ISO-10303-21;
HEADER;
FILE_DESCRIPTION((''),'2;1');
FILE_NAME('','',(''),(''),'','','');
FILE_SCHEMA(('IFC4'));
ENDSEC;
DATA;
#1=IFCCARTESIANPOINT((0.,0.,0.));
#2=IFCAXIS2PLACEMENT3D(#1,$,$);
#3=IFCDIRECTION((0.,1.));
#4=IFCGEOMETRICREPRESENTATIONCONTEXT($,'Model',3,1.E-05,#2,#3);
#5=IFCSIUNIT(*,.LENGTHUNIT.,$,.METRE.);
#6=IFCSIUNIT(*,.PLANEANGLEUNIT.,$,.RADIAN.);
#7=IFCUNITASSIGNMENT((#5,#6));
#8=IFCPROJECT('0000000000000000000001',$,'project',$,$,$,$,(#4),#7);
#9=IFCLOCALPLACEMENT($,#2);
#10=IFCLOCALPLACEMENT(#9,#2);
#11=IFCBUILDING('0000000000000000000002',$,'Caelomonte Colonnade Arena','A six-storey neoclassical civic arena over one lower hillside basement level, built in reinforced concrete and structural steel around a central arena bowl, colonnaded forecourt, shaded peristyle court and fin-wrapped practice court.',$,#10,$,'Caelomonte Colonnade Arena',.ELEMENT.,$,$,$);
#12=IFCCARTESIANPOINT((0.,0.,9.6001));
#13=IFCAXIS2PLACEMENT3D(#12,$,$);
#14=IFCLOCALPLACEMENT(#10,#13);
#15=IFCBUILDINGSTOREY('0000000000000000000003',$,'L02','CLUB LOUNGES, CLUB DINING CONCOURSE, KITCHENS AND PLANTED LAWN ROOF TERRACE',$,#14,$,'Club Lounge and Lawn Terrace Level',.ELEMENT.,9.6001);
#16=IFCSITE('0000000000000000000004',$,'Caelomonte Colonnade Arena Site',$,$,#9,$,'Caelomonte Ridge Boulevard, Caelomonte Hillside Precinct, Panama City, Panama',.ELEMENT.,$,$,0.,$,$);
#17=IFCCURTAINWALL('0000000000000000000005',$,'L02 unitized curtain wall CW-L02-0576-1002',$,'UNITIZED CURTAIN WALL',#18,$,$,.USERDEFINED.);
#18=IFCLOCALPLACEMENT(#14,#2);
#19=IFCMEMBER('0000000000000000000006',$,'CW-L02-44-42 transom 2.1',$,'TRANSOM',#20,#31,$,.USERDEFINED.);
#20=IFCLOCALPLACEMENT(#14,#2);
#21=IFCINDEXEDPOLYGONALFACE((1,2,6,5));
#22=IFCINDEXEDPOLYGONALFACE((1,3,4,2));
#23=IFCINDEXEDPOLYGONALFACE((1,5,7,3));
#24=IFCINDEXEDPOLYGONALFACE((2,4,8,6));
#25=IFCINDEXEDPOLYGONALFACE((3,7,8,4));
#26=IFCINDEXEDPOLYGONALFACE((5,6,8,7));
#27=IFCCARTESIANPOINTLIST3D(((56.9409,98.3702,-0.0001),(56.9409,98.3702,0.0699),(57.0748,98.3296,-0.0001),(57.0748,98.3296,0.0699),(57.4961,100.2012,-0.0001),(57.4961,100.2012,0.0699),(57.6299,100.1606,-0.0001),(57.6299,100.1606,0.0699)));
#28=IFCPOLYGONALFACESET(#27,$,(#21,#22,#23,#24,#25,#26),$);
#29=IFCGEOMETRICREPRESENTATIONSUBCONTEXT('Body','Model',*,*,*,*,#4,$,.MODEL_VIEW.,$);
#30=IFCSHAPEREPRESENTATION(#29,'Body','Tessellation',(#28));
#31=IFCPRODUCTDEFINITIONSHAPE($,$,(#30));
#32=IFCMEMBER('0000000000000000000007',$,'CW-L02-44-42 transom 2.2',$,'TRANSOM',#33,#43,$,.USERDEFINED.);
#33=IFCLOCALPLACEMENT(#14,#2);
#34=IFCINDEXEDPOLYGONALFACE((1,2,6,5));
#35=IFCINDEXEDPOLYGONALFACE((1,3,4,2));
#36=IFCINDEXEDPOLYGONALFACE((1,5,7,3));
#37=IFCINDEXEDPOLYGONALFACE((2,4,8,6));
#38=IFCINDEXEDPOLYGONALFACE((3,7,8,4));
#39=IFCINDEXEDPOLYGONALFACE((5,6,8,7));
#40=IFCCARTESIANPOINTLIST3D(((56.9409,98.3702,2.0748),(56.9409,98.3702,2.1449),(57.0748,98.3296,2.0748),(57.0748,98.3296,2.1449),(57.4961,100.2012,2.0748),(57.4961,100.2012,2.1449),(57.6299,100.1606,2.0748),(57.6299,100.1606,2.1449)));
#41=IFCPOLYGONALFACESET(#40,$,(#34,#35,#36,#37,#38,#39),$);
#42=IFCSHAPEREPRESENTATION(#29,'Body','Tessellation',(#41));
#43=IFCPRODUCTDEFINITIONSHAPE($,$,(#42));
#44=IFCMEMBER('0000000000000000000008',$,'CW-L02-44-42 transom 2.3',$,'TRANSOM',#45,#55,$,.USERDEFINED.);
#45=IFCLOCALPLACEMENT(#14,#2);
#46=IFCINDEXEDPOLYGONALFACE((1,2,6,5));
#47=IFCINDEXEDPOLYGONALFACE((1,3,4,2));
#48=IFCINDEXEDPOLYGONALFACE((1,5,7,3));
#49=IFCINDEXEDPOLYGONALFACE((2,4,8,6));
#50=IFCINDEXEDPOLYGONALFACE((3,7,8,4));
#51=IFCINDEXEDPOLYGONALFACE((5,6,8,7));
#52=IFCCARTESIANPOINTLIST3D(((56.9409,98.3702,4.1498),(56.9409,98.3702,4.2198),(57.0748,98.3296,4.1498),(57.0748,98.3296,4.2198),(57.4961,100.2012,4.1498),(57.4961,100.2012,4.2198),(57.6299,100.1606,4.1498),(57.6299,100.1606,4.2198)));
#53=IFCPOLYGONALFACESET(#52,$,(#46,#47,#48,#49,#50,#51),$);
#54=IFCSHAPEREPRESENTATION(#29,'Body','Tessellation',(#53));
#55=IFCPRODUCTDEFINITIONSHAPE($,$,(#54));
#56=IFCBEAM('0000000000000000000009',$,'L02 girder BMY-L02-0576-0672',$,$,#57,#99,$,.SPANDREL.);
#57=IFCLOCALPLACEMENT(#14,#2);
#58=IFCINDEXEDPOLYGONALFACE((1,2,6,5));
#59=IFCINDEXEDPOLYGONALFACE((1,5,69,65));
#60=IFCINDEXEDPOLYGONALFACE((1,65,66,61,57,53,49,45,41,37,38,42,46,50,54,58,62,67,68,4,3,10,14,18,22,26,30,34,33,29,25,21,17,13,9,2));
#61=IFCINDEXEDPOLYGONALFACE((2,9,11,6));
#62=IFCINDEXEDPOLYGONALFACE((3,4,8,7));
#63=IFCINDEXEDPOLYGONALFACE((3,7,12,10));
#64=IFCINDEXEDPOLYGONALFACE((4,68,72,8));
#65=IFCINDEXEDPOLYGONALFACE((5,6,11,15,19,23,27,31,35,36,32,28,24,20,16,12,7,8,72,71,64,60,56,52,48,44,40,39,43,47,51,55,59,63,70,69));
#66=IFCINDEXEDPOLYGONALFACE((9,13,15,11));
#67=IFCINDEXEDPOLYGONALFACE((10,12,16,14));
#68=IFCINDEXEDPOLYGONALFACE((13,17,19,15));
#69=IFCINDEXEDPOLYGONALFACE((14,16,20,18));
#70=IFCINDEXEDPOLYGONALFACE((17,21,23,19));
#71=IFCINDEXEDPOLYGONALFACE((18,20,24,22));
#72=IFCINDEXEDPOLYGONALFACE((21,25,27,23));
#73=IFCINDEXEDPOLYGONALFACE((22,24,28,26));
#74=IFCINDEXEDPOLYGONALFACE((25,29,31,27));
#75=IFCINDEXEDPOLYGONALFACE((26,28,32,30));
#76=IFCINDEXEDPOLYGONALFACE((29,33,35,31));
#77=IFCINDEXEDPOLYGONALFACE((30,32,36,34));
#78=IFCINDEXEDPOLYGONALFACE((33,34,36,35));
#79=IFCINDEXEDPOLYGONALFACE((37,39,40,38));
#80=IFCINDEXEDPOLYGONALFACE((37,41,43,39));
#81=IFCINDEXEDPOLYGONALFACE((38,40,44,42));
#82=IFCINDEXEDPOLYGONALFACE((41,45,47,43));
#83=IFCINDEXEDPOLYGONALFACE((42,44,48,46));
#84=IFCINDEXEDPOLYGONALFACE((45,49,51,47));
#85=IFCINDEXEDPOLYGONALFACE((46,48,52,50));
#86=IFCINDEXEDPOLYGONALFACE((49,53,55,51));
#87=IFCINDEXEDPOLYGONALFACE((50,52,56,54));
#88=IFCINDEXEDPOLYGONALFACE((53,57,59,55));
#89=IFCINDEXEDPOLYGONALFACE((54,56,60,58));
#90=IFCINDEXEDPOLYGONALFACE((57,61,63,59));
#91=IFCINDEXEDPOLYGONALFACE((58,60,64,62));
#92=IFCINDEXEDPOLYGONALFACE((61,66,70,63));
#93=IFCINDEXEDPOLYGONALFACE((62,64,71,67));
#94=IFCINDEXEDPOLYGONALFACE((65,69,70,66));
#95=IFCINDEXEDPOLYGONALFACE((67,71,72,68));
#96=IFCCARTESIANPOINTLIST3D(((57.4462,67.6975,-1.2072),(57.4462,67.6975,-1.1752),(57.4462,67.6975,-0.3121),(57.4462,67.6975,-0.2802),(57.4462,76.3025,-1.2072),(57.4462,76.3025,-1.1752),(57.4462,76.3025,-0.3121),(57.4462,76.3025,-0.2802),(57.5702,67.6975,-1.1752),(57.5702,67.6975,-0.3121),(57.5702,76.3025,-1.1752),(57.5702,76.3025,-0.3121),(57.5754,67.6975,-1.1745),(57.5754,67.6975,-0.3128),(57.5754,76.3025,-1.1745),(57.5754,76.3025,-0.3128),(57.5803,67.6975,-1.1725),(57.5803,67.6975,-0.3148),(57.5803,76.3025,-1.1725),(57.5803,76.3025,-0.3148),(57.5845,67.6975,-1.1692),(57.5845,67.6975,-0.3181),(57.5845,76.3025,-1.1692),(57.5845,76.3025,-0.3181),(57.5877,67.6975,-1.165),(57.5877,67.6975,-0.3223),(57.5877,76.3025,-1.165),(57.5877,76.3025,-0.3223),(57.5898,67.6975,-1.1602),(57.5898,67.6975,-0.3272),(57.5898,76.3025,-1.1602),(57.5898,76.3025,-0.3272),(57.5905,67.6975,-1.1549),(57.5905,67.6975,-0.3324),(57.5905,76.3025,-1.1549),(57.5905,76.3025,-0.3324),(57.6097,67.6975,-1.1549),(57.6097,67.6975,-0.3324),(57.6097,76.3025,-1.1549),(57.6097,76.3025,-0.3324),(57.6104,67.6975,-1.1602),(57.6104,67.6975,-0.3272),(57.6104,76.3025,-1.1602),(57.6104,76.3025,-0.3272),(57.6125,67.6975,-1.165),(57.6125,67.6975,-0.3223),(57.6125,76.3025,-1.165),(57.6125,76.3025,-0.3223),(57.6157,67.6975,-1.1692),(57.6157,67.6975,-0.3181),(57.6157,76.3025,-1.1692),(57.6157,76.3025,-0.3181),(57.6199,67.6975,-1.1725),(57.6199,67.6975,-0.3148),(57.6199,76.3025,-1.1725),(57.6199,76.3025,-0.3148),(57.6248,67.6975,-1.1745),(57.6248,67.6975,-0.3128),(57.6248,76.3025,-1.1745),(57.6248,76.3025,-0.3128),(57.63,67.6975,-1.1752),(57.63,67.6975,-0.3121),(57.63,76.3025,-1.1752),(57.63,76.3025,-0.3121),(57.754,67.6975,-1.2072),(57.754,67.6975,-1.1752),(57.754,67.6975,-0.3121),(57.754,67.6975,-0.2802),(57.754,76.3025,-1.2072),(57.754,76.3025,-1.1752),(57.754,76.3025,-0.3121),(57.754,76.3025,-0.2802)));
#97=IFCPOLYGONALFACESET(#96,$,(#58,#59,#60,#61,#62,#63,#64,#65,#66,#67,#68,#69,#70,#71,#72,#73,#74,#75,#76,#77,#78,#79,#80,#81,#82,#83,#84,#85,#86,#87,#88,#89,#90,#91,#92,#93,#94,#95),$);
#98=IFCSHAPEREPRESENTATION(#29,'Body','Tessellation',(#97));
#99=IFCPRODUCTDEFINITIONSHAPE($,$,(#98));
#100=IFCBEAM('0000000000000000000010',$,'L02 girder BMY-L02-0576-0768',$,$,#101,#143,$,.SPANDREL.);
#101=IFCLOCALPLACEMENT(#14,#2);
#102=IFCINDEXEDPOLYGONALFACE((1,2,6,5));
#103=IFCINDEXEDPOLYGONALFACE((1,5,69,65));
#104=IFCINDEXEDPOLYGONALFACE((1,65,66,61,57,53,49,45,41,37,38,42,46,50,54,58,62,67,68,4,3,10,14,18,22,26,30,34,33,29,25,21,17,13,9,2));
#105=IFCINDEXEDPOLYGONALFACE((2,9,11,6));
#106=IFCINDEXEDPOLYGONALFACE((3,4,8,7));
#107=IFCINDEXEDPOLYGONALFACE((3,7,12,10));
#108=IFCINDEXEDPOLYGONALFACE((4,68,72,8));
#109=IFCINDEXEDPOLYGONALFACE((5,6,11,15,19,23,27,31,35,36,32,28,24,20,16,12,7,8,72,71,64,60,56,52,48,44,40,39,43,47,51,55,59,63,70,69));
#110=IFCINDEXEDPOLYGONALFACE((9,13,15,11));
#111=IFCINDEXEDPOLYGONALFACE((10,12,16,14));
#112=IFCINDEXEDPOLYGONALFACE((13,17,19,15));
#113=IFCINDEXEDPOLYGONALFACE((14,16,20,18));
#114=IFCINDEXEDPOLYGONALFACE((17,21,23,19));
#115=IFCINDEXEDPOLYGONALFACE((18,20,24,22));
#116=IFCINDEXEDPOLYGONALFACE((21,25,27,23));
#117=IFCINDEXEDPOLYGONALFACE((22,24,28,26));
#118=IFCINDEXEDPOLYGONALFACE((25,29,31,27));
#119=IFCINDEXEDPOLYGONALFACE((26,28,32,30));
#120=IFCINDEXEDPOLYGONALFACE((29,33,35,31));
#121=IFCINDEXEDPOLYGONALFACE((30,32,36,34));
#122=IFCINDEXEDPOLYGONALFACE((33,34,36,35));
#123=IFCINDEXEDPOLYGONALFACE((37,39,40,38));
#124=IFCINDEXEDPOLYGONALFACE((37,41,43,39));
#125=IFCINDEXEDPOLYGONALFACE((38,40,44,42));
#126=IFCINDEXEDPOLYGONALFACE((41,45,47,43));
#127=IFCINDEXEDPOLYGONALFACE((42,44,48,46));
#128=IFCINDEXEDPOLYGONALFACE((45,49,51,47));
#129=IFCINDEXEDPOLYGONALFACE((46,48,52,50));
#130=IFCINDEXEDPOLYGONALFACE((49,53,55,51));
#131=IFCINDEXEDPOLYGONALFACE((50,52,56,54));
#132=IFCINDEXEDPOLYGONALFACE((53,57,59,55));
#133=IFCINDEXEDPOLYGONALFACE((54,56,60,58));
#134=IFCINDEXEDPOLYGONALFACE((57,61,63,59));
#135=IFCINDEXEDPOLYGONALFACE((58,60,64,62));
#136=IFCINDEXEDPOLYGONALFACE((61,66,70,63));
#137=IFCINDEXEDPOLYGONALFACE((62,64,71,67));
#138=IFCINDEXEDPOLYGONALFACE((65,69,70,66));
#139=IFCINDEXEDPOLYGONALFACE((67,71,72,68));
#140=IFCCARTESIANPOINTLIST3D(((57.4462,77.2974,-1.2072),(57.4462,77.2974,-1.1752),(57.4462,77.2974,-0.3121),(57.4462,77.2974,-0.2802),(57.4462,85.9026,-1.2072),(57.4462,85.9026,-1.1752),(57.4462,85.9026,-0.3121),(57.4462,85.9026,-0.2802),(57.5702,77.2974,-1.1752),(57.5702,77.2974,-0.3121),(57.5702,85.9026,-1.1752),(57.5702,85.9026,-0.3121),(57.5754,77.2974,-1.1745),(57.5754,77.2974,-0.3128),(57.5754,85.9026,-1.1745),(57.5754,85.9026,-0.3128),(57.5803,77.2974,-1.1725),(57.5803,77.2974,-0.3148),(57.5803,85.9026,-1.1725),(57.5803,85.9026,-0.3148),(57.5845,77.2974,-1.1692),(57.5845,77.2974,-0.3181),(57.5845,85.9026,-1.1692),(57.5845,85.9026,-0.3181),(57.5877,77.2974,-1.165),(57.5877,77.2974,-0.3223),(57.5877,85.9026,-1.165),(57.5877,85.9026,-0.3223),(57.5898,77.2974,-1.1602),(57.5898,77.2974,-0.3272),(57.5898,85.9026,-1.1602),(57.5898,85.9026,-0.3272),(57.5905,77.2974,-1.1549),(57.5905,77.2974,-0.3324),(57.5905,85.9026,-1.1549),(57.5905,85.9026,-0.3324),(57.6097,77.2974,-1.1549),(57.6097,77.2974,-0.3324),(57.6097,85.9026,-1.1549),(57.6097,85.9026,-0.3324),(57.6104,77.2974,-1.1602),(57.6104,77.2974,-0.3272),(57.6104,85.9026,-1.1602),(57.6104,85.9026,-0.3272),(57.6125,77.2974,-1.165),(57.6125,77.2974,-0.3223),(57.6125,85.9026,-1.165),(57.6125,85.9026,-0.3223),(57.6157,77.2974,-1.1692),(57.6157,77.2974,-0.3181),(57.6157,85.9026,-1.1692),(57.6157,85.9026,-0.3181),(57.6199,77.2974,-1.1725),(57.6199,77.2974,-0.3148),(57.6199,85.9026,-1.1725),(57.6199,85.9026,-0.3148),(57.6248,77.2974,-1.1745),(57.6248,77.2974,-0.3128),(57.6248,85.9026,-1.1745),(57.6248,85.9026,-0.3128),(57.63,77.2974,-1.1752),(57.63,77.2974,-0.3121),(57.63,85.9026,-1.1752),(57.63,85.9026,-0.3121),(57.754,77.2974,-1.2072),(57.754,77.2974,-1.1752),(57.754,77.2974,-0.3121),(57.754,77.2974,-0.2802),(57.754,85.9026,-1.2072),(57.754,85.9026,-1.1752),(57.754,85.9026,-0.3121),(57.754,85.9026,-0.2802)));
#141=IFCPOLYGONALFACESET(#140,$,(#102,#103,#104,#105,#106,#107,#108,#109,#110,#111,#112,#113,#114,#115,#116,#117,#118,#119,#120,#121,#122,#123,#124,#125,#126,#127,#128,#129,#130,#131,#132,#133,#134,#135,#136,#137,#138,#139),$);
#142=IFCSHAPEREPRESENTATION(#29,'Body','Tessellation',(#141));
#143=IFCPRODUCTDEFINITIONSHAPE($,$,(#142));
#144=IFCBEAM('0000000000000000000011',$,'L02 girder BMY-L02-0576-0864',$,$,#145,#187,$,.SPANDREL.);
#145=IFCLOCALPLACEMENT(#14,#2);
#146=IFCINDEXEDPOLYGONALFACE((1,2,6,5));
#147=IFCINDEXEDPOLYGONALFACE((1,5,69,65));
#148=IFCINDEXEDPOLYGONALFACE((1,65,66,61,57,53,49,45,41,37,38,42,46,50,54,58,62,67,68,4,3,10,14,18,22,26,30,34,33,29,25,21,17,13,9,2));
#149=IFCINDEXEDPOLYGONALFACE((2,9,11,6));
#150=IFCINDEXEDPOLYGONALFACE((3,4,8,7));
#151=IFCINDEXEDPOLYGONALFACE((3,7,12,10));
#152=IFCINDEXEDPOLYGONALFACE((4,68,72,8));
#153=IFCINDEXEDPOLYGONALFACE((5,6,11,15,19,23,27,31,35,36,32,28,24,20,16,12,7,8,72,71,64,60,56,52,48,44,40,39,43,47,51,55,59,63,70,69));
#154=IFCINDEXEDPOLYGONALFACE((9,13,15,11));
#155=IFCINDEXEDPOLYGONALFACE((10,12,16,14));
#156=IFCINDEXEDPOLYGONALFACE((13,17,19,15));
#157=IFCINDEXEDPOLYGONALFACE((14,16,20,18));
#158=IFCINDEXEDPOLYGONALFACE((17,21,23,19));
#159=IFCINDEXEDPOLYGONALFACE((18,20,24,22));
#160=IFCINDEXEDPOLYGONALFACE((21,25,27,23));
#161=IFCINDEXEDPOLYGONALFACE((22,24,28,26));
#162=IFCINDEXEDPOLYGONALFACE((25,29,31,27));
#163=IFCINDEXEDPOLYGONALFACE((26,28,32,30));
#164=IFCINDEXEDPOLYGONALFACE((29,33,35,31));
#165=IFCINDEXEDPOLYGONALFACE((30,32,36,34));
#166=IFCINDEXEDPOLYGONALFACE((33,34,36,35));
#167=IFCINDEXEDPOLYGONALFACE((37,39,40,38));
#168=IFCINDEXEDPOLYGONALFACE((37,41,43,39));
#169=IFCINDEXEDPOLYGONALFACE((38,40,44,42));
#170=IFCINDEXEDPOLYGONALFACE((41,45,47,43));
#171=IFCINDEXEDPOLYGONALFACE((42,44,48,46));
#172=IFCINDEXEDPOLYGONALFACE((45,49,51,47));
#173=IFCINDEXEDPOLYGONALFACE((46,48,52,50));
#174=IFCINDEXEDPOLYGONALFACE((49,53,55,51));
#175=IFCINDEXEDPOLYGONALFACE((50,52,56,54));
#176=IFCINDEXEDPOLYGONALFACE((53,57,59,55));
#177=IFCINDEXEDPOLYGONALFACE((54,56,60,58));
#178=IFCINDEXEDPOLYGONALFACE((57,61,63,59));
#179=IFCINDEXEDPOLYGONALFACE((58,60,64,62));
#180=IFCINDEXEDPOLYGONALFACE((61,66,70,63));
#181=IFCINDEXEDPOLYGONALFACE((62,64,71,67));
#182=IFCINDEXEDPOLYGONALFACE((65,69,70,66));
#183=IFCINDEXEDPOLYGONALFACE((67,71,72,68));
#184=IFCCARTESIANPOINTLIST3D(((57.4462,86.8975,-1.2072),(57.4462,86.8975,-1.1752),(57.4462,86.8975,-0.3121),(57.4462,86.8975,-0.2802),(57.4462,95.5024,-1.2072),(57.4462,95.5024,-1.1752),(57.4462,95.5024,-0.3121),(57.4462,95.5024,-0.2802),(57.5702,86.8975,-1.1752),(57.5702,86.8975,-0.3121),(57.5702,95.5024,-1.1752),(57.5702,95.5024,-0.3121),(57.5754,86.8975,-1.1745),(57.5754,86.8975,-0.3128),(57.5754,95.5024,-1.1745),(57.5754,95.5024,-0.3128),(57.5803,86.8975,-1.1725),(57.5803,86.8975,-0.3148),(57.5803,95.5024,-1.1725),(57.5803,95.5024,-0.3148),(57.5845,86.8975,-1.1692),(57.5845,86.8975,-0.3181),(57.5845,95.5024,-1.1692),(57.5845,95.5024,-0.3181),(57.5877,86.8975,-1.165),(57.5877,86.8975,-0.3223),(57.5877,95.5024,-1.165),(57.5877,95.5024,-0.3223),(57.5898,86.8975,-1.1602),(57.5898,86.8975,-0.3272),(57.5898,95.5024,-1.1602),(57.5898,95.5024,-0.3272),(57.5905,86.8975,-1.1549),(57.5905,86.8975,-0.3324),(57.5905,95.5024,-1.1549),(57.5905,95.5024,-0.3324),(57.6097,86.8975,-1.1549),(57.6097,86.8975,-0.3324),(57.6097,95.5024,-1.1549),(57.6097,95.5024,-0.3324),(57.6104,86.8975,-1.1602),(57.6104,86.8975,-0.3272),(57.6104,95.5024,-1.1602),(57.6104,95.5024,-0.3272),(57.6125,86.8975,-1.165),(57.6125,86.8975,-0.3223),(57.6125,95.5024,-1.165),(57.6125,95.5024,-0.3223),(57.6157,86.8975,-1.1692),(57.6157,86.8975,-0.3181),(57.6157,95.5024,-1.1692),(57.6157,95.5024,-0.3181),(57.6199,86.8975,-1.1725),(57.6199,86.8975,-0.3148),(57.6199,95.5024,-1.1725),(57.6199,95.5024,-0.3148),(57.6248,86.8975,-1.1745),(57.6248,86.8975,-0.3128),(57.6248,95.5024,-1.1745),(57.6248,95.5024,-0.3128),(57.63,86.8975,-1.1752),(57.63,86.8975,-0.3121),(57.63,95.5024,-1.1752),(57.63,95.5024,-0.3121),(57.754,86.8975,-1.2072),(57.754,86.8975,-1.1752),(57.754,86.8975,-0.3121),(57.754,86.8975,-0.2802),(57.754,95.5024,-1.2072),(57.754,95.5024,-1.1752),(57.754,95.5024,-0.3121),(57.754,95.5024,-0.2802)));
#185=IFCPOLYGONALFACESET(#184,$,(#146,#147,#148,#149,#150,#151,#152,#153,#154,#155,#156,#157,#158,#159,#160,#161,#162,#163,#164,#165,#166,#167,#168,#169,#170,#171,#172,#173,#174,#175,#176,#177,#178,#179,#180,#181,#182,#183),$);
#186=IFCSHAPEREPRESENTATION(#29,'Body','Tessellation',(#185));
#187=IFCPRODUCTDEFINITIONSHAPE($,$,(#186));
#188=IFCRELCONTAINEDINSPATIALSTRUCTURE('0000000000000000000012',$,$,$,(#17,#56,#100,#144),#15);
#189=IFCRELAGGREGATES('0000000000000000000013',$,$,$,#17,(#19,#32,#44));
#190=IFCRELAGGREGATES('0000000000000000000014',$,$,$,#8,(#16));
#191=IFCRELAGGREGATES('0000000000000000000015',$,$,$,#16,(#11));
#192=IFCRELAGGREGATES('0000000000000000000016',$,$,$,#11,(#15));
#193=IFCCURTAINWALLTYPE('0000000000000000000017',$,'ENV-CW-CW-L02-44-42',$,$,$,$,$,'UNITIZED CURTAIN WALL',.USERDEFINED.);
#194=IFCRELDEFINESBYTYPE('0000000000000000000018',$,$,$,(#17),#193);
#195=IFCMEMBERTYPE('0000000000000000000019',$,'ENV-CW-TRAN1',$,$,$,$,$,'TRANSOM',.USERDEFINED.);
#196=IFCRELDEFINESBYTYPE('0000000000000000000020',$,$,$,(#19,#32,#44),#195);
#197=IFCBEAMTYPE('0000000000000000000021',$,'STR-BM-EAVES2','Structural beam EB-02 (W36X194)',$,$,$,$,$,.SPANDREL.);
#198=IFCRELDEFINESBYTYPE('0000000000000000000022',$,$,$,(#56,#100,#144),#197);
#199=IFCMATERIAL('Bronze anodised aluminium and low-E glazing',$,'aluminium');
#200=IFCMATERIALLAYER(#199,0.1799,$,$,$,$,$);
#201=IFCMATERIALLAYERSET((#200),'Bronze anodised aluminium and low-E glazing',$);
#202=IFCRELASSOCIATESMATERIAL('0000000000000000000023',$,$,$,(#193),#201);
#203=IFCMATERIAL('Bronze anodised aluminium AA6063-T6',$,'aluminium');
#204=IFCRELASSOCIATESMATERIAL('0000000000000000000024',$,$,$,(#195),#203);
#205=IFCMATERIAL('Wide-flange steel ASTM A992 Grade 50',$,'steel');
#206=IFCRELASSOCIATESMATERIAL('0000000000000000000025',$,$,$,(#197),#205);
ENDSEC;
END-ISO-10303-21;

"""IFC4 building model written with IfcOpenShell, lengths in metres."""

from ifc_helpers import new_model, si_unit, direction, frame, origin, origin_2d, place, context, subcontext, project, spatial, rectangle, i_section, extrude, material, layer, layer_set, material_profile, profile_set, type_object, element, aggregate, save


model = new_model("IFC4")

# Units and contexts
model_context = context("Model", 3, precision=1e-05, world=origin(), true_north=direction((0.0, 1.0)))
body_context = subcontext(model_context, "Body", "Model", "MODEL_VIEW")
ifc_project = project(units=[si_unit("LENGTHUNIT", "METRE"), si_unit("PLANEANGLEUNIT", "RADIAN")], contexts=[model_context])

# Site, building, storey
site_placement = place(None, origin())
site = spatial("IfcSite", under=ifc_project, at=site_placement, Name="Caelomonte Colonnade Arena Site", LongName="Caelomonte Ridge Boulevard, Caelomonte Hillside Precinct, Panama City, Panama", CompositionType="ELEMENT", RefElevation=0.0)
building_placement = place(site_placement, origin())
building = spatial("IfcBuilding", under=site, at=building_placement, Name="Caelomonte Colonnade Arena", Description="A six-storey neoclassical civic arena over one lower hillside basement level, built in reinforced concrete and structural steel around a central arena bowl, colonnaded forecourt, shaded peristyle court and fin-wrapped practice court.", LongName="Caelomonte Colonnade Arena", CompositionType="ELEMENT")
storey_placement = place(building_placement, frame((0.0, 0.0, 9.6001)))
storey = spatial("IfcBuildingStorey", under=building, at=storey_placement, Name="L02", Description="CLUB LOUNGES, CLUB DINING CONCOURSE, KITCHENS AND PLANTED LAWN ROOF TERRACE", LongName="Club Lounge and Lawn Terrace Level", CompositionType="ELEMENT", Elevation=9.6001)

# Shared definitions
ifc_material_1 = material(Name="Wide-flange steel ASTM A992 Grade 50", Category="steel")

# Curtain wall, members
ifc_material_2 = material(Name="Bronze anodised aluminium and low-E glazing", Category="aluminium")
ifc_layer_1 = layer(ifc_material_2, 0.1799)
ifc_layer_set_1 = layer_set([ifc_layer_1], Name="Bronze anodised aluminium and low-E glazing")
curtain_wall_type = type_object("IfcCurtainWallType", Name="ENV-CW-CW-L02-44-42", ElementType="UNITIZED CURTAIN WALL", PredefinedType="USERDEFINED", material=ifc_layer_set_1)
curtain_wall_placement = place(storey_placement, origin())
curtain_wall = element("IfcCurtainWall", 1, at=curtain_wall_placement, inside=storey, type_object=curtain_wall_type, Name="L02 unitized curtain wall CW-L02-0576-1002", ObjectType="UNITIZED CURTAIN WALL", PredefinedType="USERDEFINED")
ifc_material_3 = material(Name="Bronze anodised aluminium AA6063-T6", Category="aluminium")
ifc_material_profile_1 = material_profile(ifc_material_3, rectangle(XDim=0.0701, YDim=0.1399, at=origin_2d()), Name="CWT-70X140")
ifc_profile_set_1 = profile_set([ifc_material_profile_1], Name="Bronze anodised aluminium AA6063-T6")
member_type_1 = type_object("IfcMemberType", Name="ENV-CW-TRAN1", ElementType="TRANSOM", PredefinedType="USERDEFINED", material=ifc_profile_set_1)
member_1_placement = place(storey_placement, frame((57.563, 100.1809, 0.0349), z_axis=(-0.290156, -0.956979, 0.0), x_axis=(0.0, 0.0, 1.0)))
member_1 = element("IfcMember", 2, at=member_1_placement, type_object=member_type_1, Name="CW-L02-44-42 transom 2.1", ObjectType="TRANSOM", PredefinedType="USERDEFINED", context=body_context, shape_type="SweptSolid", body=[
    extrude(rectangle(XDim=0.0701, YDim=0.1399, at=origin_2d()), origin(), (0.0, 0.0, 1.0), 1.9133),
])
member_2_placement = place(storey_placement, frame((57.563, 100.1809, 2.1099), z_axis=(-0.290156, -0.956979, 0.0), x_axis=(0.0, 0.0, 1.0)))
member_2 = element("IfcMember", 3, at=member_2_placement, type_object=member_type_1, Name="CW-L02-44-42 transom 2.2", ObjectType="TRANSOM", PredefinedType="USERDEFINED", context=body_context, shape_type="SweptSolid", body=[
    extrude(rectangle(XDim=0.0701, YDim=0.1399, at=origin_2d()), origin(), (0.0, 0.0, 1.0), 1.9133),
])
member_3_placement = place(storey_placement, frame((57.563, 100.1809, 4.1848), z_axis=(-0.290156, -0.956979, 0.0), x_axis=(0.0, 0.0, 1.0)))
member_3 = element("IfcMember", 4, at=member_3_placement, type_object=member_type_1, Name="CW-L02-44-42 transom 2.3", ObjectType="TRANSOM", PredefinedType="USERDEFINED", context=body_context, shape_type="SweptSolid", body=[
    extrude(rectangle(XDim=0.0701, YDim=0.1399, at=origin_2d()), origin(), (0.0, 0.0, 1.0), 1.9133),
])

# Beams
ifc_material_profile_2 = material_profile(ifc_material_1, i_section(OverallWidth=0.3079, OverallDepth=0.927, WebThickness=0.0193, FlangeThickness=0.032, FilletRadius=0.0203, at=origin_2d()), Name="W36X194")
ifc_profile_set_2 = profile_set([ifc_material_profile_2], Name="Wide-flange steel ASTM A992 Grade 50")
beam_type_1 = type_object("IfcBeamType", Name="STR-BM-EAVES2", Description="Structural beam EB-02 (W36X194)", PredefinedType="SPANDREL", material=ifc_profile_set_2)
beam_1_placement = place(storey_placement, frame((57.6001, 67.6975, -0.7437), z_axis=(0.0, 1.0, 0.0), x_axis=(-1.0, 0.0, 0.0)))
element("IfcBeam", 5, at=beam_1_placement, inside=storey, type_object=beam_type_1, Name="L02 girder BMY-L02-0576-0672", PredefinedType="SPANDREL", context=body_context, shape_type="SweptSolid", body=[
    extrude(i_section(OverallWidth=0.3079, OverallDepth=0.927, WebThickness=0.0193, FlangeThickness=0.032, FilletRadius=0.0203, at=origin_2d()), origin(), (0.0, 0.0, 1.0), 8.605),
])
beam_2_placement = place(storey_placement, frame((57.6001, 77.2974, -0.7437), z_axis=(0.0, 1.0, 0.0), x_axis=(-1.0, 0.0, 0.0)))
element("IfcBeam", 6, at=beam_2_placement, inside=storey, type_object=beam_type_1, Name="L02 girder BMY-L02-0576-0768", PredefinedType="SPANDREL", context=body_context, shape_type="SweptSolid", body=[
    extrude(i_section(OverallWidth=0.3079, OverallDepth=0.927, WebThickness=0.0193, FlangeThickness=0.032, FilletRadius=0.0203, at=origin_2d()), origin(), (0.0, 0.0, 1.0), 8.6052),
])
beam_3_placement = place(storey_placement, frame((57.6001, 86.8975, -0.7437), z_axis=(0.0, 1.0, 0.0), x_axis=(-1.0, 0.0, 0.0)))
element("IfcBeam", 7, at=beam_3_placement, inside=storey, type_object=beam_type_1, Name="L02 girder BMY-L02-0576-0864", PredefinedType="SPANDREL", context=body_context, shape_type="SweptSolid", body=[
    extrude(i_section(OverallWidth=0.3079, OverallDepth=0.927, WebThickness=0.0193, FlangeThickness=0.032, FilletRadius=0.0203, at=origin_2d()), origin(), (0.0, 0.0, 1.0), 8.605),
])

aggregate(curtain_wall, [member_1, member_2, member_3])

save(model, "model.ifc")
